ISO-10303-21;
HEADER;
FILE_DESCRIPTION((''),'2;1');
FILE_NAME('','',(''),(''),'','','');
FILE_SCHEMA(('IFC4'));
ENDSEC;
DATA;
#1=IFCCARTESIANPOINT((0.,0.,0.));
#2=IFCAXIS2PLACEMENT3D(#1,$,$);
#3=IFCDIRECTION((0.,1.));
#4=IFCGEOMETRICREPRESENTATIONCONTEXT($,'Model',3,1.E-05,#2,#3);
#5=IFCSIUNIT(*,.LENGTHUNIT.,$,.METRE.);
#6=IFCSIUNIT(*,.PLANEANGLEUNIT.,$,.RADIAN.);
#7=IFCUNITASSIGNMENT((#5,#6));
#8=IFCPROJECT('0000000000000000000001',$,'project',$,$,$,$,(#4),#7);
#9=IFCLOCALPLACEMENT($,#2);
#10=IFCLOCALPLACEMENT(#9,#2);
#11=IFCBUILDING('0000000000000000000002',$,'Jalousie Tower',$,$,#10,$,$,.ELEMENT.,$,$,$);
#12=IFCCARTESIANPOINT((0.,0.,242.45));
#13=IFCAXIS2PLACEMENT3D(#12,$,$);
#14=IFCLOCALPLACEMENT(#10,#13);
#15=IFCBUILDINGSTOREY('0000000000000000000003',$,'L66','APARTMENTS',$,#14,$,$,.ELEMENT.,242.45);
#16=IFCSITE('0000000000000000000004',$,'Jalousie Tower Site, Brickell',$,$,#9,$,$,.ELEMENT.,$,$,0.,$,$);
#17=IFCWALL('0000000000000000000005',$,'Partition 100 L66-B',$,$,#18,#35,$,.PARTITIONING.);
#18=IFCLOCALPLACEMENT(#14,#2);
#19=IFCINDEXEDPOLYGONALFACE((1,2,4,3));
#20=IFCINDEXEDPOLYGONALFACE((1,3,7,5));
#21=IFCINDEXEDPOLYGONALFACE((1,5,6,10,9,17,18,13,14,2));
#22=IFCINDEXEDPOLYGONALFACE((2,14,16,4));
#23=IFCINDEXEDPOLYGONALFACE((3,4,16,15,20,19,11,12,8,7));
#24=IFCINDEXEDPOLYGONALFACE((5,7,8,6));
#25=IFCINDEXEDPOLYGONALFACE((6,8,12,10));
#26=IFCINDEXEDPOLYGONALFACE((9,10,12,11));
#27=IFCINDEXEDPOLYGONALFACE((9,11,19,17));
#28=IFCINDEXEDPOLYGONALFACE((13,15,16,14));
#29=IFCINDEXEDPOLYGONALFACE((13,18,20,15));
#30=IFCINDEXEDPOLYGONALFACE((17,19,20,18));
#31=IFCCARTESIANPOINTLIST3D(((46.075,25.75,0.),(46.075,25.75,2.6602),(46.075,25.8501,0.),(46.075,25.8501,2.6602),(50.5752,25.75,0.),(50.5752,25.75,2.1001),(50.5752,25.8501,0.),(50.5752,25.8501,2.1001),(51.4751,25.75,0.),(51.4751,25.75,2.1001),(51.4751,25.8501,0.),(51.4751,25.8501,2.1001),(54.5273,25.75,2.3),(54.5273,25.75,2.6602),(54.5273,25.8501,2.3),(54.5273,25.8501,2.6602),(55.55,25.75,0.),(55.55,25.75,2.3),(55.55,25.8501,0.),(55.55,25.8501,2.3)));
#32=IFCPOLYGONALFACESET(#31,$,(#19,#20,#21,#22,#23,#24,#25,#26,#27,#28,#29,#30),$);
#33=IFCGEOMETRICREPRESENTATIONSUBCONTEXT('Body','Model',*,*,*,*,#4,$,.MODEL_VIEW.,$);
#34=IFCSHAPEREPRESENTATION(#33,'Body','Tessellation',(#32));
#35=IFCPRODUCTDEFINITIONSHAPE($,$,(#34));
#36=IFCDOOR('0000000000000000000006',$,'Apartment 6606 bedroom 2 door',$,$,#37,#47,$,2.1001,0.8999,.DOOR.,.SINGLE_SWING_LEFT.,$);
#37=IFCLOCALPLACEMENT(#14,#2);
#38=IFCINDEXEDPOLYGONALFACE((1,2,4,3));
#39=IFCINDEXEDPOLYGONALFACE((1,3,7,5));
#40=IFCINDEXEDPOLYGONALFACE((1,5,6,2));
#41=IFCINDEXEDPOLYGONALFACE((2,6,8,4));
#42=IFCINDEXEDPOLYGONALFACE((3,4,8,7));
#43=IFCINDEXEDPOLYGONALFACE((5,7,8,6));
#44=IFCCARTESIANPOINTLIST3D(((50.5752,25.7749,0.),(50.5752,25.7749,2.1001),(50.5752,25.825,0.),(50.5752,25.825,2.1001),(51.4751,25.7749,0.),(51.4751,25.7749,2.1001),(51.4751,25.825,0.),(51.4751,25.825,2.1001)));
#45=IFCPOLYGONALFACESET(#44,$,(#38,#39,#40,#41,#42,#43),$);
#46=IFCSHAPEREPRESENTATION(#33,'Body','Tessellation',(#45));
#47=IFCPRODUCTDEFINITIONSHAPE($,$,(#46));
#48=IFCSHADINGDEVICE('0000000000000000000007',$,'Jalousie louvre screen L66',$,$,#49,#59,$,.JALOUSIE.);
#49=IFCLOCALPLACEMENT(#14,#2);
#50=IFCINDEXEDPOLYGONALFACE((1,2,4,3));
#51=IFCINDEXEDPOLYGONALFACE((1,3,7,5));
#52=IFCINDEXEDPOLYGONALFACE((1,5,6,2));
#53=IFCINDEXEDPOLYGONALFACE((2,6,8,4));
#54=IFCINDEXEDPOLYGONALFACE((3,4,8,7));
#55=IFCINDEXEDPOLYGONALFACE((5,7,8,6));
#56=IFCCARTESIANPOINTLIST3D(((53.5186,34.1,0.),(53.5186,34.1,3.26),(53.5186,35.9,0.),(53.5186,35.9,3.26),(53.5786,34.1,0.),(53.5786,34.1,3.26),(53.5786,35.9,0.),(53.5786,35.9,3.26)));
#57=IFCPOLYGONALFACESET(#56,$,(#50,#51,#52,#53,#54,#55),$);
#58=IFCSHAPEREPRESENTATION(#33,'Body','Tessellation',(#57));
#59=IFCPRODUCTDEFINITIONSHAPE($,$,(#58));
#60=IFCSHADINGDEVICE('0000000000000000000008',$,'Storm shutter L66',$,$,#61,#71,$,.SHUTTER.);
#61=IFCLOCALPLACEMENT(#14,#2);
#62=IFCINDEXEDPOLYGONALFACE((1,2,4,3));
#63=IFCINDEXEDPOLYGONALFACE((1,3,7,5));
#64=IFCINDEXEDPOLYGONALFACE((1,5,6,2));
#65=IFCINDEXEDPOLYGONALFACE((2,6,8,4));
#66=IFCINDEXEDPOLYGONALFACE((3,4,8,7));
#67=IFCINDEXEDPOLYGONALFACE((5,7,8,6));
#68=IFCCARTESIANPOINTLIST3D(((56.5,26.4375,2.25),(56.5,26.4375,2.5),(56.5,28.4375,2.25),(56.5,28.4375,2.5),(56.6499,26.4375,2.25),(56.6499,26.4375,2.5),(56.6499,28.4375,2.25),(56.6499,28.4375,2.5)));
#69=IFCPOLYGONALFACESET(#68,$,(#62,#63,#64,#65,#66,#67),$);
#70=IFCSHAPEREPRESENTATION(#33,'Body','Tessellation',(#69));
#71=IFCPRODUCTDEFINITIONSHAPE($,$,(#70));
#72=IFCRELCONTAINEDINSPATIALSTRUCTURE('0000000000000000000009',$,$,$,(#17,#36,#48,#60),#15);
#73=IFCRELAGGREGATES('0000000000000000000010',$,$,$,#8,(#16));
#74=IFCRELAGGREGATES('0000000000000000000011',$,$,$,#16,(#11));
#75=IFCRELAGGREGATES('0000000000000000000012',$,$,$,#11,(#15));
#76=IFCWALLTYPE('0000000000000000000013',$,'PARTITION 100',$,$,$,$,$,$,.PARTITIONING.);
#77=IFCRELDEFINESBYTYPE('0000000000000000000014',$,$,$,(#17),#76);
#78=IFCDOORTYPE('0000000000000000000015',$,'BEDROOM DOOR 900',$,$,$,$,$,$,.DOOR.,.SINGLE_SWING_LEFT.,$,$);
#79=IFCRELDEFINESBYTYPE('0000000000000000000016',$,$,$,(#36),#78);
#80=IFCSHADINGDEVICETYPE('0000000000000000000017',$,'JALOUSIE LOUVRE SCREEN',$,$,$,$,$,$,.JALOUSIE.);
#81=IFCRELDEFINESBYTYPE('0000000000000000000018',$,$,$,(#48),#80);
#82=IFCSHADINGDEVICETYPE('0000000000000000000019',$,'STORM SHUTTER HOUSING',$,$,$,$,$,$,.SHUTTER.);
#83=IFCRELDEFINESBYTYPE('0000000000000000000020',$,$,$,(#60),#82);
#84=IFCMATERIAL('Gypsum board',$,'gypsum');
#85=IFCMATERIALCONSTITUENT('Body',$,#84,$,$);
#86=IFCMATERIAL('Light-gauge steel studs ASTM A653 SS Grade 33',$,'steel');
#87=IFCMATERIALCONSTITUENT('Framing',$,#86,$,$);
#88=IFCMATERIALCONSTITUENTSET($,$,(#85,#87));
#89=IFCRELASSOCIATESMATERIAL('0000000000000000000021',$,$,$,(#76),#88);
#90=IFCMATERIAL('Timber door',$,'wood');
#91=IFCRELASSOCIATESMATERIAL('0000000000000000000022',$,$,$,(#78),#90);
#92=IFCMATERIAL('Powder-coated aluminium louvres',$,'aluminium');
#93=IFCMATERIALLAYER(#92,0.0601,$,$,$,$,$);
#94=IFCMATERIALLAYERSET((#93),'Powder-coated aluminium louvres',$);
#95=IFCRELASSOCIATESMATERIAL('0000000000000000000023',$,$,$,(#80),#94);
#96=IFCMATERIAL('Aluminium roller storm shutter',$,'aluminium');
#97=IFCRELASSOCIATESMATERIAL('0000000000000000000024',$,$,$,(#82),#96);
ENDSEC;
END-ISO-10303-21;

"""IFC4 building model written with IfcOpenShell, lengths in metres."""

from ifc_helpers import new_model, si_unit, direction, frame, frame_2d, origin, origin_2d, place, context, subcontext, project, spatial, polyline, rectangle, outline, extrude, material, layer, layer_set, constituent, constituent_set, type_object, element, fill, save


model = new_model("IFC4")

# Units and contexts
model_context = context("Model", 3, precision=1e-05, world=origin(), true_north=direction((0.0, 1.0)))
body_context = subcontext(model_context, "Body", "Model", "MODEL_VIEW")
ifc_project = project(units=[si_unit("LENGTHUNIT", "METRE"), si_unit("PLANEANGLEUNIT", "RADIAN")], contexts=[model_context])

# Site, building, storey
site_placement = place(None, origin())
site = spatial("IfcSite", under=ifc_project, at=site_placement, Name="Jalousie Tower Site, Brickell", CompositionType="ELEMENT", RefElevation=0.0)
building_placement = place(site_placement, origin())
building = spatial("IfcBuilding", under=site, at=building_placement, Name="Jalousie Tower", CompositionType="ELEMENT")
storey_placement = place(building_placement, frame((0.0, 0.0, 242.45)))
storey = spatial("IfcBuildingStorey", under=building, at=storey_placement, Name="L66", Description="APARTMENTS", CompositionType="ELEMENT", Elevation=242.45)

# Shared definitions
ifc_material_1 = material(Name="Gypsum board", Category="gypsum")
ifc_constituent_1 = constituent(ifc_material_1, Name="Body")
ifc_material_2 = material(Name="Light-gauge steel studs ASTM A653 SS Grade 33", Category="steel")
ifc_constituent_2 = constituent(ifc_material_2, Name="Framing")
ifc_constituent_set_1 = constituent_set(constituents=[ifc_constituent_1, ifc_constituent_2])
wall_type_1 = type_object("IfcWallType", Name="PARTITION 100", PredefinedType="PARTITIONING", material=ifc_constituent_set_1)

# Wall, opening, door
wall_1_placement = place(storey_placement, frame((55.55, 25.8, 0.0), z_axis=(0.0, 0.0, 1.0), x_axis=(-1.0, 0.0, 0.0)))
wall_1 = element("IfcWall", 1, at=wall_1_placement, inside=storey, type_object=wall_type_1, Name="Partition 100 L66-B", PredefinedType="PARTITIONING", context=body_context, shape_type="SweptSolid", body=[
    extrude(outline(polyline([(0.0, 0.0), (9.4751, 0.0), (9.4751, 2.6602), (1.0227, 2.6602), (1.0227, 2.3), (0.0, 2.3), (0.0, 0.0)])), frame((0.0, 0.05, 0.0), z_axis=(0.0, -1.0, 0.0), x_axis=(1.0, 0.0, 0.0)), (0.0, 0.0, 1.0), 0.1001),
])
opening_1_placement = place(wall_1_placement, frame((4.075, 0.0, 0.0)))
opening_1 = element("IfcOpeningElement", 2, at=opening_1_placement, cuts=wall_1, PredefinedType="OPENING", context=body_context, shape_type="SweptSolid", body=[
    extrude(rectangle(XDim=0.8999, YDim=2.1001, at=frame_2d((0.45, 1.05))), frame((0.0, 0.0601, 0.0), z_axis=(0.0, -1.0, 0.0), x_axis=(1.0, 0.0, 0.0)), (0.0, 0.0, 1.0), 0.1201),
])
ifc_material_3 = material(Name="Timber door", Category="wood")
door_type_1 = type_object("IfcDoorType", Name="BEDROOM DOOR 900", OperationType="SINGLE_SWING_LEFT", PredefinedType="DOOR", material=ifc_material_3)
door_1_placement = place(opening_1_placement, frame((0.8999, 0.0, 0.0), z_axis=(0.0, 0.0, 1.0), x_axis=(-1.0, 0.0, 0.0)))
door_1 = element("IfcDoor", 3, at=door_1_placement, inside=storey, type_object=door_type_1, Name="Apartment 6606 bedroom 2 door", OperationType="SINGLE_SWING_LEFT", OverallHeight=2.1001, OverallWidth=0.8999, PredefinedType="DOOR", context=body_context, shape_type="SweptSolid", body=[
    extrude(rectangle(XDim=0.8999, YDim=2.1001, at=frame_2d((0.45, 1.05))), frame((0.0, 0.0249, 0.0), z_axis=(0.0, -1.0, 0.0), x_axis=(1.0, 0.0, 0.0)), (0.0, 0.0, 1.0), 0.05),
])
fill(opening_1, door_1)

# Shading devices
ifc_material_4 = material(Name="Powder-coated aluminium louvres", Category="aluminium")
ifc_layer_1 = layer(ifc_material_4, 0.0601)
ifc_layer_set_1 = layer_set([ifc_layer_1], Name="Powder-coated aluminium louvres")
shading_device_type_1 = type_object("IfcShadingDeviceType", Name="JALOUSIE LOUVRE SCREEN", PredefinedType="JALOUSIE", material=ifc_layer_set_1)
shading_device_1_placement = place(storey_placement, frame((53.5486, 35.0, 0.0), z_axis=(0.0, 0.0, 1.0), x_axis=(-1.0, 0.0, 0.0)))
element("IfcShadingDevice", 4, at=shading_device_1_placement, inside=storey, type_object=shading_device_type_1, Name="Jalousie louvre screen L66", PredefinedType="JALOUSIE", context=body_context, shape_type="SweptSolid", body=[
    extrude(rectangle(XDim=0.0601, YDim=1.8, at=origin_2d()), origin(), (0.0, 0.0, 1.0), 3.26),
])
ifc_material_5 = material(Name="Aluminium roller storm shutter", Category="aluminium")
shading_device_type_2 = type_object("IfcShadingDeviceType", Name="STORM SHUTTER HOUSING", PredefinedType="SHUTTER", material=ifc_material_5)
shading_device_2_placement = place(storey_placement, frame((56.575, 27.4375, 2.25), z_axis=(0.0, 0.0, 1.0), x_axis=(0.0, 1.0, 0.0)))
element("IfcShadingDevice", 5, at=shading_device_2_placement, inside=storey, type_object=shading_device_type_2, Name="Storm shutter L66", PredefinedType="SHUTTER", context=body_context, shape_type="SweptSolid", body=[
    extrude(rectangle(XDim=2.0, YDim=0.1499, at=origin_2d()), origin(), (0.0, 0.0, 1.0), 0.25),
])

save(model, "model.ifc")
